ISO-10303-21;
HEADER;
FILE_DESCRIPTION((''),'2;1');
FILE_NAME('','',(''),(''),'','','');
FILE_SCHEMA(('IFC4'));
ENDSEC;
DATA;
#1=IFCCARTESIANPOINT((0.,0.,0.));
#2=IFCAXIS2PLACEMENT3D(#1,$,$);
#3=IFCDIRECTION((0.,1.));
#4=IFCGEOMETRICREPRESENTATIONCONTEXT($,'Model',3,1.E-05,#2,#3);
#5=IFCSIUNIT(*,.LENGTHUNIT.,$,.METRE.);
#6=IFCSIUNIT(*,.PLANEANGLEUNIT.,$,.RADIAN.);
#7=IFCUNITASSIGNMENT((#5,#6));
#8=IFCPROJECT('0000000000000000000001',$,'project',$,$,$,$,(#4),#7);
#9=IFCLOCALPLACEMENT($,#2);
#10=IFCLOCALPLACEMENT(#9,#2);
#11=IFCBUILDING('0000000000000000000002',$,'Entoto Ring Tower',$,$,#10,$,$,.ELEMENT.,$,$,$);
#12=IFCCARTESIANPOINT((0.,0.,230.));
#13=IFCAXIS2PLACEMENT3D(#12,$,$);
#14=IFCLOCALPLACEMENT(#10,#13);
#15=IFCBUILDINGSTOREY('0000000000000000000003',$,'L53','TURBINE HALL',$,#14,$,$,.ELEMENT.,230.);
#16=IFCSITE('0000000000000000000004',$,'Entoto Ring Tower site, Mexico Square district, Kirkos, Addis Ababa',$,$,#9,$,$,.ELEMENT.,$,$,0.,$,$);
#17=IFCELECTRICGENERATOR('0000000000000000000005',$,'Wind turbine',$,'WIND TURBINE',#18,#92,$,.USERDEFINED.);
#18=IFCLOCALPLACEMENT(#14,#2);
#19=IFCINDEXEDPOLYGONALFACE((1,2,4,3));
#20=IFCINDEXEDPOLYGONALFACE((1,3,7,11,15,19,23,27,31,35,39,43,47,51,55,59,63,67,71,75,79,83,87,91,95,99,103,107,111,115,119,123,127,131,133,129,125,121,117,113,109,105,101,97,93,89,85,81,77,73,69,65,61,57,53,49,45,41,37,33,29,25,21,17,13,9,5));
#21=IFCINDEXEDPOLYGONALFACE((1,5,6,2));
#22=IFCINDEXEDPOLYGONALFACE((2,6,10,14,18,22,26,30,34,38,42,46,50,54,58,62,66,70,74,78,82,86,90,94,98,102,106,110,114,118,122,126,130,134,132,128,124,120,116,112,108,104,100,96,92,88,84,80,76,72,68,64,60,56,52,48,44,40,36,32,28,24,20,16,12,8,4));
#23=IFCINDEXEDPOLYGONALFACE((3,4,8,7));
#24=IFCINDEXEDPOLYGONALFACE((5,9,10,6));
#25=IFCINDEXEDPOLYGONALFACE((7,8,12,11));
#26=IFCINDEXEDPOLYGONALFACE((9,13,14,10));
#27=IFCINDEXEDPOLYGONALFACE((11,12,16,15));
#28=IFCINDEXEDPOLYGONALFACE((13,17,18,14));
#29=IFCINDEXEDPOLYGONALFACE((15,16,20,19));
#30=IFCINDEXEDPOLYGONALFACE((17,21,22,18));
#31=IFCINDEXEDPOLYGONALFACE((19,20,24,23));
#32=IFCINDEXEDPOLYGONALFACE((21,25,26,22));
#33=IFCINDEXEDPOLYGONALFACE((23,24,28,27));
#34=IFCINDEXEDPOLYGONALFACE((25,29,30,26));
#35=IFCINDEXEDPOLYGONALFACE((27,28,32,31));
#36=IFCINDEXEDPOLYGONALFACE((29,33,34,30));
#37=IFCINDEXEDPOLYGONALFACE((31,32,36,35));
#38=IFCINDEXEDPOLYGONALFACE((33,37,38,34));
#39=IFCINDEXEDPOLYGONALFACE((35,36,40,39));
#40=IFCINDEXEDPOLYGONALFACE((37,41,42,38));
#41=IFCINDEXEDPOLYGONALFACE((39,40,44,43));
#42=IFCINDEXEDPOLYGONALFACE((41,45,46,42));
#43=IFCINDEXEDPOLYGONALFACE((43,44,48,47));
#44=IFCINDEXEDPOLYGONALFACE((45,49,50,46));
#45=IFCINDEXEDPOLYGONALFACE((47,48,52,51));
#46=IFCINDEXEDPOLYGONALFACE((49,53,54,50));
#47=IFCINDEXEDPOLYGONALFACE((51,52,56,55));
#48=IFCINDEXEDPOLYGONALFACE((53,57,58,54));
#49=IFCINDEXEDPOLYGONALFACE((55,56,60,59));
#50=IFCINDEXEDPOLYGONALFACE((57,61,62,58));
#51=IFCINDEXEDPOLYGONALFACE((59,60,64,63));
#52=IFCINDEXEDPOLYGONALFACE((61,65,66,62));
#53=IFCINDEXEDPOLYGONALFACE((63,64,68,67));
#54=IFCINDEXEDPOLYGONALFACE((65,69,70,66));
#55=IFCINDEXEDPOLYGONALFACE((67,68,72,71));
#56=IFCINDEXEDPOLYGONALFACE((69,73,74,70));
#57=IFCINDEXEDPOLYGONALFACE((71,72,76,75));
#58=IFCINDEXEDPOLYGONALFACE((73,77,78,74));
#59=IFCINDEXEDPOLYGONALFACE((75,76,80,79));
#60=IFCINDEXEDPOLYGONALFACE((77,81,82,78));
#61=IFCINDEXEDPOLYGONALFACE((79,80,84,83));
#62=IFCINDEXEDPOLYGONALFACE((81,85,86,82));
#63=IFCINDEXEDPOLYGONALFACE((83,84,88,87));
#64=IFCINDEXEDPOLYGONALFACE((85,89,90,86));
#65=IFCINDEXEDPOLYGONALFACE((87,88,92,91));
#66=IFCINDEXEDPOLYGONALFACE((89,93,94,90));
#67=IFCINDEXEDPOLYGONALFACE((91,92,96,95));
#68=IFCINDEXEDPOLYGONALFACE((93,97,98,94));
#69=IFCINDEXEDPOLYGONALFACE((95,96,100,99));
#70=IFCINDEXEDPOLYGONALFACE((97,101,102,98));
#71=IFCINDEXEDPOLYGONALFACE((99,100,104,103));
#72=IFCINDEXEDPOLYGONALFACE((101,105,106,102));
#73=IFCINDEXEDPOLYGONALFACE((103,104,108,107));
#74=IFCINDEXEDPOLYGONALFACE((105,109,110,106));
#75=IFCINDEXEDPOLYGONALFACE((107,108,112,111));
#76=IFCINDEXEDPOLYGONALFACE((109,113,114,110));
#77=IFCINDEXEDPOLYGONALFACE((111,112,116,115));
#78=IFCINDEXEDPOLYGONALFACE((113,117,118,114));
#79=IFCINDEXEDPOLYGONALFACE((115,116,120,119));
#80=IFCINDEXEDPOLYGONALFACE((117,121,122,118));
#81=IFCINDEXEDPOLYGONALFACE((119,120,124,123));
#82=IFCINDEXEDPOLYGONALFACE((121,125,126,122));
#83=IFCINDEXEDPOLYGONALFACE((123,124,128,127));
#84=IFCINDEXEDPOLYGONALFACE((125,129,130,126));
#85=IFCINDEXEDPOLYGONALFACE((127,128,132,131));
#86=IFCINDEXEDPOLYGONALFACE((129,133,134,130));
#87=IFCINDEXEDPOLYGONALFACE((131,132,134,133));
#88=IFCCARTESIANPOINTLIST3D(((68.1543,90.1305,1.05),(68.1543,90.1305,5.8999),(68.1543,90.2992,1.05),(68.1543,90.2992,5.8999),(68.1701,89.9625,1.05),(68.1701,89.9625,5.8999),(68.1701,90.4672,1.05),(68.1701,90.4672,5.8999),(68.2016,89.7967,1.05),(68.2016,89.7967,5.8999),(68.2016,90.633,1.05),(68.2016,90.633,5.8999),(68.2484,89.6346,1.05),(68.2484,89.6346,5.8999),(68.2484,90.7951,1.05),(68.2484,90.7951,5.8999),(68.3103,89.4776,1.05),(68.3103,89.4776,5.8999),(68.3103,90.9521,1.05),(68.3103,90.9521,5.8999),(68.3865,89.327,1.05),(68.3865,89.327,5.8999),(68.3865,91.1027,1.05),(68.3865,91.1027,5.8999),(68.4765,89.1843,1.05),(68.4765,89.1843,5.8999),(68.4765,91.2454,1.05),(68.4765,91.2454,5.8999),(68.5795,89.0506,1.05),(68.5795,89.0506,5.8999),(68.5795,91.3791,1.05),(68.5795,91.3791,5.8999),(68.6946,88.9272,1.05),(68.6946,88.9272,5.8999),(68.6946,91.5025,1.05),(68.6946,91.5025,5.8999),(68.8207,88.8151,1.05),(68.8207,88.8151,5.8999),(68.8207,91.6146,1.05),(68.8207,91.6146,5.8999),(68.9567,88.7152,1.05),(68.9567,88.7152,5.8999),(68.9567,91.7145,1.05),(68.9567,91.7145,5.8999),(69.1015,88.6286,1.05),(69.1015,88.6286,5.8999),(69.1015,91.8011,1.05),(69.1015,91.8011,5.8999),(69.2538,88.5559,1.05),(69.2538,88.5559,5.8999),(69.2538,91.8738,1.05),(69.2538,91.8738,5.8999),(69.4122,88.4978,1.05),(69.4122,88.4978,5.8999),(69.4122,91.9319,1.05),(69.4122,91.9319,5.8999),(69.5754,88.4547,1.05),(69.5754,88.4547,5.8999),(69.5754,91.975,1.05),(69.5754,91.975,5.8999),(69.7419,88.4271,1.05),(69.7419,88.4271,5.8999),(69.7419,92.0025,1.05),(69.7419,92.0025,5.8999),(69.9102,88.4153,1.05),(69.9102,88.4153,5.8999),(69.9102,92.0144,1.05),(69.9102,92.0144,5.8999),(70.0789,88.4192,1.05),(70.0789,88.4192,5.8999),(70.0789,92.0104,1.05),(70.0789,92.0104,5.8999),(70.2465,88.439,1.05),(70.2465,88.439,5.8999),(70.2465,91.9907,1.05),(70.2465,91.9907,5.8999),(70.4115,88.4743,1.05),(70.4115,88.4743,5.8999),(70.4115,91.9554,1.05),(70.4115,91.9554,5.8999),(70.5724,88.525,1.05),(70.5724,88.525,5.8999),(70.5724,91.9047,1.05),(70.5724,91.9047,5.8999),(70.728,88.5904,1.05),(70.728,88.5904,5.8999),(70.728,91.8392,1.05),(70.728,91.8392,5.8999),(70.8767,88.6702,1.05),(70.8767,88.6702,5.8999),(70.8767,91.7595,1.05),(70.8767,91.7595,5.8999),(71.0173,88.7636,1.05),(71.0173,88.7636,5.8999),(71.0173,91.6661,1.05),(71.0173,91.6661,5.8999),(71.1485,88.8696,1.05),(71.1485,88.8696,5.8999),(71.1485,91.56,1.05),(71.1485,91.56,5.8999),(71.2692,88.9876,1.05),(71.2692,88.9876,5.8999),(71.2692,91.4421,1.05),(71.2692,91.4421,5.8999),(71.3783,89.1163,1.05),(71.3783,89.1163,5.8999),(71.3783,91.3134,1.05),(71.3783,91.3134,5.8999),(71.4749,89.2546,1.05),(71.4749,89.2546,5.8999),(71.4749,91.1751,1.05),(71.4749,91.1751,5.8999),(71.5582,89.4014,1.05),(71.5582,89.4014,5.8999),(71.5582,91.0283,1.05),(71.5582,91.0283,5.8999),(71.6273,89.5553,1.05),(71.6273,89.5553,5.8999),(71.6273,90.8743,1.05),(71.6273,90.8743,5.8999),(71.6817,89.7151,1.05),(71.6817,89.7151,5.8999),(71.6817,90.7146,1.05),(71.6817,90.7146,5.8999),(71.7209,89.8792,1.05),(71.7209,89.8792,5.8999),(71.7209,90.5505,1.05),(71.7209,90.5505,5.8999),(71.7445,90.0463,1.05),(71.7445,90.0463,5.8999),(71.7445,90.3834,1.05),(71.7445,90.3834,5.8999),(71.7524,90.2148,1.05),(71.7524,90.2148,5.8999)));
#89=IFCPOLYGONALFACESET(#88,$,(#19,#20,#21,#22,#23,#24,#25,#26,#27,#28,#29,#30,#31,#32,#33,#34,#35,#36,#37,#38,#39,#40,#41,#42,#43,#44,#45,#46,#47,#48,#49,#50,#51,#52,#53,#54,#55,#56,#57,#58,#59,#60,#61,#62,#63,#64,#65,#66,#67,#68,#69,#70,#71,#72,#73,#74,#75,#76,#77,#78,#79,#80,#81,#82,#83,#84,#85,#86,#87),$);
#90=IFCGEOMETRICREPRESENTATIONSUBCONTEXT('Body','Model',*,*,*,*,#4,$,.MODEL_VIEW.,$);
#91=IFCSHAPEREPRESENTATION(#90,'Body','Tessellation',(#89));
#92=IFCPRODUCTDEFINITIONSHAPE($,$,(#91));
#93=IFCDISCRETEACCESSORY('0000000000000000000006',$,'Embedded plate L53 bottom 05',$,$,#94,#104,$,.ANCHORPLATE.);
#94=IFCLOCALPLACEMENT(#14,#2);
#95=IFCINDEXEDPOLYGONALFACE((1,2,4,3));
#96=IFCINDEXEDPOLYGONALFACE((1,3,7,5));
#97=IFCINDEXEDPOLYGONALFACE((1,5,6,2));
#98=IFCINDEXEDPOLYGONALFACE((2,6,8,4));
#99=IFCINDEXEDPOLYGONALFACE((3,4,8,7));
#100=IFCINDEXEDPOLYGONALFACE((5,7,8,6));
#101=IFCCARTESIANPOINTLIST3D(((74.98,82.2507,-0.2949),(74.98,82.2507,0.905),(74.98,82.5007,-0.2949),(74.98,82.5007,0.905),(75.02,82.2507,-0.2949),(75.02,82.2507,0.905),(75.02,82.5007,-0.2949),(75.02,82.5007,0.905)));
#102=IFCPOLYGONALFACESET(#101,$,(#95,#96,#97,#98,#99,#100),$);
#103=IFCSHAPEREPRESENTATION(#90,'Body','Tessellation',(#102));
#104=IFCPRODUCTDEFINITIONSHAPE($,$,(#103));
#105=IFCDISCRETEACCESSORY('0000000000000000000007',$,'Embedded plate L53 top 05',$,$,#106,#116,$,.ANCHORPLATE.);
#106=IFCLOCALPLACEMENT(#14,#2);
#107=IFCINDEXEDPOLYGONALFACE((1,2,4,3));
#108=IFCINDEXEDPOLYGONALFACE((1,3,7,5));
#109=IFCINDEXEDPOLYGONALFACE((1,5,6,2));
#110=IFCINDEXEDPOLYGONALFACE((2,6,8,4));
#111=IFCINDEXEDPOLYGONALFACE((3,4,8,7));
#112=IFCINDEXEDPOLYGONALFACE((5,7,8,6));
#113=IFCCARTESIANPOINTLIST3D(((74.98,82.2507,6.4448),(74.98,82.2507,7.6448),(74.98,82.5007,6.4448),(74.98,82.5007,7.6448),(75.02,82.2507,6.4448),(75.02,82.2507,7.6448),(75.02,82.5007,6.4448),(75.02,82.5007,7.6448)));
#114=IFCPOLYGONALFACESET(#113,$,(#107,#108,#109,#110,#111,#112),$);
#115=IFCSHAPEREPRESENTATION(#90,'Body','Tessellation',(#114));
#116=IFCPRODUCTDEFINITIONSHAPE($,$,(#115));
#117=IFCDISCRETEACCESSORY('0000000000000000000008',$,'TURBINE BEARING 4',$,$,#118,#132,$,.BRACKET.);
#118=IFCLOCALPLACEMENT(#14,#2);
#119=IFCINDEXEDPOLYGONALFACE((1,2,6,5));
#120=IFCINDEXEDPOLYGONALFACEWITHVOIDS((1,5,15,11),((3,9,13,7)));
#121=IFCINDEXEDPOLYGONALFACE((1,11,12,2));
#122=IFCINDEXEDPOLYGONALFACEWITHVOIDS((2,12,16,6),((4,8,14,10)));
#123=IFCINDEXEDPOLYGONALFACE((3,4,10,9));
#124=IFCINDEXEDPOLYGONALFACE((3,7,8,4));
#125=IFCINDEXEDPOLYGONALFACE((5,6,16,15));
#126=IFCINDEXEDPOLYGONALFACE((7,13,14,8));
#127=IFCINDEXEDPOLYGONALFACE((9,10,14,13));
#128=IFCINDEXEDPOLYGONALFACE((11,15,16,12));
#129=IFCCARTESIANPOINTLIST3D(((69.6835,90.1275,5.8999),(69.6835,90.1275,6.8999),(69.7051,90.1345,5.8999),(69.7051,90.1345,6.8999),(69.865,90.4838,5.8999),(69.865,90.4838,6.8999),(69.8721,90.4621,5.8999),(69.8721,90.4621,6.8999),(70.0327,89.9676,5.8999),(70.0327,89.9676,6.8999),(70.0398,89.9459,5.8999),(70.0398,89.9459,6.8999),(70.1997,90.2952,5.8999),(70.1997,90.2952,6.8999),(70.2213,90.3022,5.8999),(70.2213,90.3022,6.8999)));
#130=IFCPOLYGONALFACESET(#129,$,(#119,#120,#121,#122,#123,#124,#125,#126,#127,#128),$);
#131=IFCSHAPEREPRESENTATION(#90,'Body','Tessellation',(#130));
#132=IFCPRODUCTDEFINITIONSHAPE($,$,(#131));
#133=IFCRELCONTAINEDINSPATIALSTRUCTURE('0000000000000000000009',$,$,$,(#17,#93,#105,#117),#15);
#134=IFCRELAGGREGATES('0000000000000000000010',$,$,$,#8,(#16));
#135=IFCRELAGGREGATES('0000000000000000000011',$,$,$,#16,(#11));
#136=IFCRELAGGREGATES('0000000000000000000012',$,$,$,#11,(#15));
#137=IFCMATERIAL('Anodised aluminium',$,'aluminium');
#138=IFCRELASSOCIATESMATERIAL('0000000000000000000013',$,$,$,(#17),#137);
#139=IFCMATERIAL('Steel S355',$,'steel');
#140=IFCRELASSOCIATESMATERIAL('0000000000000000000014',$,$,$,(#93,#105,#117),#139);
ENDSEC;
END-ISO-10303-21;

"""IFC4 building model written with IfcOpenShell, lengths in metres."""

from ifc_helpers import new_model, si_unit, direction, frame, origin, origin_2d, place, context, subcontext, project, spatial, rectangle, hollow_rectangle, circle, extrude, material, element, save


model = new_model("IFC4")

# Units and contexts
model_context = context("Model", 3, precision=1e-05, world=origin(), true_north=direction((0.0, 1.0)))
body_context = subcontext(model_context, "Body", "Model", "MODEL_VIEW")
ifc_project = project(units=[si_unit("LENGTHUNIT", "METRE"), si_unit("PLANEANGLEUNIT", "RADIAN")], contexts=[model_context])

# Site, building, storey
site_placement = place(None, origin())
site = spatial("IfcSite", under=ifc_project, at=site_placement, Name="Entoto Ring Tower site, Mexico Square district, Kirkos, Addis Ababa", CompositionType="ELEMENT", RefElevation=0.0)
building_placement = place(site_placement, origin())
building = spatial("IfcBuilding", under=site, at=building_placement, Name="Entoto Ring Tower", CompositionType="ELEMENT")
storey_placement = place(building_placement, frame((0.0, 0.0, 230.0)))
storey = spatial("IfcBuildingStorey", under=building, at=storey_placement, Name="L53", Description="TURBINE HALL", CompositionType="ELEMENT", Elevation=230.0)

# Electric generator
ifc_material_1 = material(Name="Anodised aluminium", Category="aluminium")
electric_generator_placement = place(storey_placement, frame((69.9524, 90.2148, 1.05), z_axis=(0.0, 0.0, 1.0), x_axis=(1.0, 0.0, 0.0)))
element("IfcElectricGenerator", 1, at=electric_generator_placement, inside=storey, material=ifc_material_1, Name="Wind turbine", ObjectType="WIND TURBINE", PredefinedType="USERDEFINED", context=body_context, shape_type="SweptSolid", body=[
    extrude(circle(Radius=1.8, at=origin_2d()), origin(), (0.0, 0.0, 1.0), 4.8499),
])

# Discrete accessories
ifc_material_2 = material(Name="Steel S355", Category="steel")
for number, where, z_axis, x_axis, name in (
    (2, (75.0, 82.3757, -0.2949), (0.0, 0.0, 1.0), (-1.0, 0.0, 0.0), "Embedded plate L53 bottom 05"),
    (3, (75.0, 82.3757, 6.4448), (0.0, 0.0, 1.0), (-1.0, 0.0, 0.0), "Embedded plate L53 top 05"),
):
    element("IfcDiscreteAccessory", number, at=place(storey_placement, frame(where, z_axis=z_axis, x_axis=x_axis)), inside=storey, material=ifc_material_2, Name=name, PredefinedType="ANCHORPLATE", context=body_context, shape_type="SweptSolid", body=[
        extrude(rectangle(XDim=0.04, YDim=0.25, at=origin_2d()), origin(), (0.0, 0.0, 1.0), 1.2),
    ])
discrete_accessory_placement = place(storey_placement, frame((69.9524, 90.2148, 5.8999), z_axis=(0.0, 0.0, 1.0), x_axis=(-0.45399, -0.891007, 0.0)))
element("IfcDiscreteAccessory", 4, at=discrete_accessory_placement, inside=storey, material=ifc_material_2, Name="TURBINE BEARING 4", PredefinedType="BRACKET", context=body_context, shape_type="SweptSolid", body=[
    extrude(hollow_rectangle(XDim=0.3999, YDim=0.3999, WallThickness=0.0161, at=origin_2d()), origin(), (0.0, 0.0, 1.0), 1.0),
])

save(model, "model.ifc")
